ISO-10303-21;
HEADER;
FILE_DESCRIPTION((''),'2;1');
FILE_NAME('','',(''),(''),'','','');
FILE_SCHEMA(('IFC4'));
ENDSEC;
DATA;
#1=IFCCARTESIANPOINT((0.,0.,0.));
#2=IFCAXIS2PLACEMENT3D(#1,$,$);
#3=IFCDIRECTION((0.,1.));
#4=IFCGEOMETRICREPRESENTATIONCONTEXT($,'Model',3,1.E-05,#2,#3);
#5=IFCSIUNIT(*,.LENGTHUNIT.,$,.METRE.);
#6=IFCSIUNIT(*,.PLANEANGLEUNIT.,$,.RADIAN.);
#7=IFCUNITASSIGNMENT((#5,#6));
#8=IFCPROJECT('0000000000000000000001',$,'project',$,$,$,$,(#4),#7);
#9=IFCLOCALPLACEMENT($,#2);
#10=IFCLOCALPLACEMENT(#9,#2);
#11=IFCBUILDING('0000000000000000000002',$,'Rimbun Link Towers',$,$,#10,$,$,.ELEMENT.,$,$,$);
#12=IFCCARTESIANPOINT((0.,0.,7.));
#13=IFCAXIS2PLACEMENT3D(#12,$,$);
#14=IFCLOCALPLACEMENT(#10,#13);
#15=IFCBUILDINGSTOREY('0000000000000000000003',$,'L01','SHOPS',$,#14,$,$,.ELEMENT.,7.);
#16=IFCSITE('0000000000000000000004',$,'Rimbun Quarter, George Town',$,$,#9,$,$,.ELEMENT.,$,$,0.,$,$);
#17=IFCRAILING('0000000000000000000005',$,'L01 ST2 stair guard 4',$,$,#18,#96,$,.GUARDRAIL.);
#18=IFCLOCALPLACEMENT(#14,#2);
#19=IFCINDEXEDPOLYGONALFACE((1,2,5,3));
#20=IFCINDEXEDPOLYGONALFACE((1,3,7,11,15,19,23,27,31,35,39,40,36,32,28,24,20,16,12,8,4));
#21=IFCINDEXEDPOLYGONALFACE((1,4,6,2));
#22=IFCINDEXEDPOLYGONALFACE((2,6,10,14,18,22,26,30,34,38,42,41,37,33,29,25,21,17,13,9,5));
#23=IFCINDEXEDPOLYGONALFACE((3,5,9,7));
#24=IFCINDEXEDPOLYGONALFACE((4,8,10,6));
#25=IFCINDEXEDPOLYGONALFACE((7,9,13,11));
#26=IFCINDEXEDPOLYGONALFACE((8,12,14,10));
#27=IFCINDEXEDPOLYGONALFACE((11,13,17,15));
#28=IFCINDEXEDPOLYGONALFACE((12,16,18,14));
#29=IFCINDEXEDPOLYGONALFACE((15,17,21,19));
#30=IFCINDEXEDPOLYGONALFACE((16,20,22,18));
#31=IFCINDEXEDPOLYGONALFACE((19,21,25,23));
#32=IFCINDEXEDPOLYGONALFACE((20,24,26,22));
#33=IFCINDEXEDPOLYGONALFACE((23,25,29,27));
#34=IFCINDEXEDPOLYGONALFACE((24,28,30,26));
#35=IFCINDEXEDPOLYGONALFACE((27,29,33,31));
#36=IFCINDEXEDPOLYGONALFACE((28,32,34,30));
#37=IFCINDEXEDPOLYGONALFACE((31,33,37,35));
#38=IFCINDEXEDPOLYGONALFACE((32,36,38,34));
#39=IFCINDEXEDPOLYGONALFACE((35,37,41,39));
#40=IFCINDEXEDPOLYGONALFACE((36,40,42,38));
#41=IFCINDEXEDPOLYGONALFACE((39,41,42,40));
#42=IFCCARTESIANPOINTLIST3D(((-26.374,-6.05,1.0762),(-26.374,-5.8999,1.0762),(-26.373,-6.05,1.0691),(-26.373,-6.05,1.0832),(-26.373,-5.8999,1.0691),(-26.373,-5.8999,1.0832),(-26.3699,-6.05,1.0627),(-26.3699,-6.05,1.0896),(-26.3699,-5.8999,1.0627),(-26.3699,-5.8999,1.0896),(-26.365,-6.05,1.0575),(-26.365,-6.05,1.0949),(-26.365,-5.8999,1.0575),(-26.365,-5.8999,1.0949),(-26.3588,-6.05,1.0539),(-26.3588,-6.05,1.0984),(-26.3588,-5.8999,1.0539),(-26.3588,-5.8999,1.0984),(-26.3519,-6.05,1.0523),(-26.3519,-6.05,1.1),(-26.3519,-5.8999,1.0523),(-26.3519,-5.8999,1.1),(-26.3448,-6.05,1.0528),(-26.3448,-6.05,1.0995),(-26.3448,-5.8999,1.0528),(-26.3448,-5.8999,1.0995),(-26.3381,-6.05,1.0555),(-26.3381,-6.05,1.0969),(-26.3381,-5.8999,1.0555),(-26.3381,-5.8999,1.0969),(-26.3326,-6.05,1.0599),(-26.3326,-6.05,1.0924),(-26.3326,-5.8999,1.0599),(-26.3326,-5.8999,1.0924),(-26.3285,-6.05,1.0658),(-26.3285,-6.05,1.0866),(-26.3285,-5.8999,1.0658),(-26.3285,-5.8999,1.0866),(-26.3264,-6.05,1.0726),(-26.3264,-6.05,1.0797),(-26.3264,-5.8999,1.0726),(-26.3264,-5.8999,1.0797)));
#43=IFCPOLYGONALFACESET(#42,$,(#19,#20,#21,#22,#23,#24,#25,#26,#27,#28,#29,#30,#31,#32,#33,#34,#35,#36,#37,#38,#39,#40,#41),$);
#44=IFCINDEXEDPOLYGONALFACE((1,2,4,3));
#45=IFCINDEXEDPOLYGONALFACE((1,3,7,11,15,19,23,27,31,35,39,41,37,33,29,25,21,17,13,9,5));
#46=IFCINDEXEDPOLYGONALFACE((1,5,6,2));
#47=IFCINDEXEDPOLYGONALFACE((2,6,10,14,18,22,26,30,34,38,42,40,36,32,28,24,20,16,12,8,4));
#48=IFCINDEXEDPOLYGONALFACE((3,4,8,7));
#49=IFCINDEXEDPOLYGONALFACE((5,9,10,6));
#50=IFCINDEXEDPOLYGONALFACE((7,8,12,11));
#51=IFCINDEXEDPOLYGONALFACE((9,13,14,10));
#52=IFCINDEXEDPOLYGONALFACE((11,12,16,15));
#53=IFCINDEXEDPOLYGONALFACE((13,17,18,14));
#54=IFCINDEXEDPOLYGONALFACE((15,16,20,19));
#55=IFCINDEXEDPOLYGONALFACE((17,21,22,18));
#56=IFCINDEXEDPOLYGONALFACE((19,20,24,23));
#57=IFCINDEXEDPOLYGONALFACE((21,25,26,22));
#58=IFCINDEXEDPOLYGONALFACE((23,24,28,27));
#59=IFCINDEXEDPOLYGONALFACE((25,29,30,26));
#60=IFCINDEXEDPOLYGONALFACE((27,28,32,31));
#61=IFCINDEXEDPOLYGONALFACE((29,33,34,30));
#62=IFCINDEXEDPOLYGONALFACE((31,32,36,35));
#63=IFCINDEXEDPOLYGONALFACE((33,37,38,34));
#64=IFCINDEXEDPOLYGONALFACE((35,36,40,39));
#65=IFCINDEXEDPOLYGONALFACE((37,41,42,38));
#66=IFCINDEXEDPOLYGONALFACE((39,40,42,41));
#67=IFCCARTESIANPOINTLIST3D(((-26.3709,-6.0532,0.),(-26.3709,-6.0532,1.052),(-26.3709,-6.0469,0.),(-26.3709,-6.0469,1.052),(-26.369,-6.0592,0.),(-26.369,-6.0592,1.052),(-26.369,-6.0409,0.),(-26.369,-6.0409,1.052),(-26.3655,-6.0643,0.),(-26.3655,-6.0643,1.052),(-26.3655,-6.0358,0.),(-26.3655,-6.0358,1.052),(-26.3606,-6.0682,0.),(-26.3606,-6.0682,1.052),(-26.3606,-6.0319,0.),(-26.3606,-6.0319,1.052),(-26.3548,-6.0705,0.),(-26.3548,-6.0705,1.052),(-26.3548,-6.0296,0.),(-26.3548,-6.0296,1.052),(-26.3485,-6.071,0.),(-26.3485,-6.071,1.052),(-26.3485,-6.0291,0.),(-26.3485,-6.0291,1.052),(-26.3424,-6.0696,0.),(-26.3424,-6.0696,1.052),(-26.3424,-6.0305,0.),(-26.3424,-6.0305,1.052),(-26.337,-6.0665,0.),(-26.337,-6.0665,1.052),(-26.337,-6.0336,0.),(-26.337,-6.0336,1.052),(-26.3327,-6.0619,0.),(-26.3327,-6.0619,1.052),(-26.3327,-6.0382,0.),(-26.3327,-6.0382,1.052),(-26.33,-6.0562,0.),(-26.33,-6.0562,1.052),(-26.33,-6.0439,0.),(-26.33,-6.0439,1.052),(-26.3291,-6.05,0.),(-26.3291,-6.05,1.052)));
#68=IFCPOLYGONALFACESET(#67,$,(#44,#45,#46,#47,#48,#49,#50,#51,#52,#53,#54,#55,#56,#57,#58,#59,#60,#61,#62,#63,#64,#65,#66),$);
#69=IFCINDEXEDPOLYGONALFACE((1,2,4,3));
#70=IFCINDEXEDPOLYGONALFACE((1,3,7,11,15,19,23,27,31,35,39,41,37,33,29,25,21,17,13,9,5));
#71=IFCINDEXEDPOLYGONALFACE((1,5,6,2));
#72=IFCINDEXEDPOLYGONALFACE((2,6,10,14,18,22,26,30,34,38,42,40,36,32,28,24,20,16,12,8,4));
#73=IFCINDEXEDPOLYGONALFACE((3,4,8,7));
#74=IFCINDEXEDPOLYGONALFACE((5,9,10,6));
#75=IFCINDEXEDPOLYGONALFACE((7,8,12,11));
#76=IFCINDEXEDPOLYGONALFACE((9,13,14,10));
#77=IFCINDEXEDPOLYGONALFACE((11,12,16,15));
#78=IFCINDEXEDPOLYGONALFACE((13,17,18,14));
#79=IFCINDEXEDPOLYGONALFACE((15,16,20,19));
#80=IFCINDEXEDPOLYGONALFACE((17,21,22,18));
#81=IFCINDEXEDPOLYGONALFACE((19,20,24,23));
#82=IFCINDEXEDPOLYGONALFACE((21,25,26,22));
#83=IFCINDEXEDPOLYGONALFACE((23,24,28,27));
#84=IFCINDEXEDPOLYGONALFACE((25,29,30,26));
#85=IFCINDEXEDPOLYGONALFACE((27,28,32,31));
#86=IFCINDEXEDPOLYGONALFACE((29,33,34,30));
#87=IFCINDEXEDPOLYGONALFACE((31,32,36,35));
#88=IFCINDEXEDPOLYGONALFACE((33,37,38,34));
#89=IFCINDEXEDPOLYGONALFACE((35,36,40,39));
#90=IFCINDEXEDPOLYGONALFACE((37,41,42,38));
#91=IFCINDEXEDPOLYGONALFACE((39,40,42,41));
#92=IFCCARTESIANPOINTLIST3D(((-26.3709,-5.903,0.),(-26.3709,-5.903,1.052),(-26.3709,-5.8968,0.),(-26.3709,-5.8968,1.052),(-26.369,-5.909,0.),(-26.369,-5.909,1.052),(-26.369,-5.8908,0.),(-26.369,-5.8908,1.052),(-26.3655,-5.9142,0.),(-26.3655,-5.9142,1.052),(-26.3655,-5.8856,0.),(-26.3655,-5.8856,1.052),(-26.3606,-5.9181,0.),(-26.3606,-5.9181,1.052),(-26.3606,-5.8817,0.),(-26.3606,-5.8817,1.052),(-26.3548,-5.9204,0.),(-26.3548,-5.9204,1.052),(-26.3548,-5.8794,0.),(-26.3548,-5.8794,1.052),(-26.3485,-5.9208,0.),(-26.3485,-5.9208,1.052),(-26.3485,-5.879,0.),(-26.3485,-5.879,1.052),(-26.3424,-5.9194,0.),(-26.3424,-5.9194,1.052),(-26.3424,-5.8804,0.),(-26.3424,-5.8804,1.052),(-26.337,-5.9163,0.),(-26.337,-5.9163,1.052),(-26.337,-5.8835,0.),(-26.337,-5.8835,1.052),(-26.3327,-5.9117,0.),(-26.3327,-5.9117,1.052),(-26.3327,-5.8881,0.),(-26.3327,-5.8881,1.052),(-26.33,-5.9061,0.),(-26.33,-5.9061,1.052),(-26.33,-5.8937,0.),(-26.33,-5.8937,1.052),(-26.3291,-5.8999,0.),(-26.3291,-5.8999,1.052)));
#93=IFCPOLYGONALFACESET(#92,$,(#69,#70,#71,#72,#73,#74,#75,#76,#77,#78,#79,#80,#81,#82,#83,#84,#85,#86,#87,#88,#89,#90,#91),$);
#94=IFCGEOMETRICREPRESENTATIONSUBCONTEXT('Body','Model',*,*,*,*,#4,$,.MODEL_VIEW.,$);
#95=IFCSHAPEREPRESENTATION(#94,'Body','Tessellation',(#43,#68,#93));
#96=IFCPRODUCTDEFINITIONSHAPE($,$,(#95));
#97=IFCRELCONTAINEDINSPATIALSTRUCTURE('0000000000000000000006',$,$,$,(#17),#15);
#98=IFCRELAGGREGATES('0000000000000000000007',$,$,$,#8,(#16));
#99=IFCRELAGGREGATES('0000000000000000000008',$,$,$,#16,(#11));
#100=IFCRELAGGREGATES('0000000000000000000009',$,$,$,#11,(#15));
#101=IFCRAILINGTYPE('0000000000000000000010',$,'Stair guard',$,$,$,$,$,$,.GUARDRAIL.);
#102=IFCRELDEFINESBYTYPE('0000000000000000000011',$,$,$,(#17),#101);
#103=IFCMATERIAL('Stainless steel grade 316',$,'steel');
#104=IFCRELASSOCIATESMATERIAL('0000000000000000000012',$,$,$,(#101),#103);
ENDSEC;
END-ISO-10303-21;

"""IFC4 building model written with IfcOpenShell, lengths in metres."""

from ifc_helpers import new_model, si_unit, direction, frame, origin, origin_2d, place, context, subcontext, project, spatial, circle, extrude, material, type_object, element, save


model = new_model("IFC4")

# Units and contexts
model_context = context("Model", 3, precision=1e-05, world=origin(), true_north=direction((0.0, 1.0)))
body_context = subcontext(model_context, "Body", "Model", "MODEL_VIEW")
ifc_project = project(units=[si_unit("LENGTHUNIT", "METRE"), si_unit("PLANEANGLEUNIT", "RADIAN")], contexts=[model_context])

# Site, building, storey
site_placement = place(None, origin())
site = spatial("IfcSite", under=ifc_project, at=site_placement, Name="Rimbun Quarter, George Town", CompositionType="ELEMENT", RefElevation=0.0)
building_placement = place(site_placement, origin())
building = spatial("IfcBuilding", under=site, at=building_placement, Name="Rimbun Link Towers", CompositionType="ELEMENT")
storey_placement = place(building_placement, frame((0.0, 0.0, 7.0)))
storey = spatial("IfcBuildingStorey", under=building, at=storey_placement, Name="L01", Description="SHOPS", CompositionType="ELEMENT", Elevation=7.0)

# Railing
ifc_material_1 = material(Name="Stainless steel grade 316", Category="steel")
railing_type_1 = type_object("IfcRailingType", Name="Stair guard", PredefinedType="GUARDRAIL", material=ifc_material_1)
railing_1_placement = place(storey_placement, frame((-26.3501, -6.05, 0.0)))
element("IfcRailing", 1, at=railing_1_placement, inside=storey, type_object=railing_type_1, Name="L01 ST2 stair guard 4", PredefinedType="GUARDRAIL", context=body_context, shape_type="SweptSolid", body=[
    extrude(circle(Radius=0.0239, at=origin_2d()), frame((0.0, 0.0, 1.0762), z_axis=(0.0, 1.0, 0.0), x_axis=(-1.0, 0.0, 0.0)), (0.0, 0.0, 1.0), 0.1501),
    extrude(circle(Radius=0.021, at=origin_2d()), origin(), (0.0, 0.0, 1.0), 1.052),
    extrude(circle(Radius=0.021, at=origin_2d()), frame((0.0, 0.1501, 0.0)), (0.0, 0.0, 1.0), 1.052),
])

save(model, "model.ifc")
